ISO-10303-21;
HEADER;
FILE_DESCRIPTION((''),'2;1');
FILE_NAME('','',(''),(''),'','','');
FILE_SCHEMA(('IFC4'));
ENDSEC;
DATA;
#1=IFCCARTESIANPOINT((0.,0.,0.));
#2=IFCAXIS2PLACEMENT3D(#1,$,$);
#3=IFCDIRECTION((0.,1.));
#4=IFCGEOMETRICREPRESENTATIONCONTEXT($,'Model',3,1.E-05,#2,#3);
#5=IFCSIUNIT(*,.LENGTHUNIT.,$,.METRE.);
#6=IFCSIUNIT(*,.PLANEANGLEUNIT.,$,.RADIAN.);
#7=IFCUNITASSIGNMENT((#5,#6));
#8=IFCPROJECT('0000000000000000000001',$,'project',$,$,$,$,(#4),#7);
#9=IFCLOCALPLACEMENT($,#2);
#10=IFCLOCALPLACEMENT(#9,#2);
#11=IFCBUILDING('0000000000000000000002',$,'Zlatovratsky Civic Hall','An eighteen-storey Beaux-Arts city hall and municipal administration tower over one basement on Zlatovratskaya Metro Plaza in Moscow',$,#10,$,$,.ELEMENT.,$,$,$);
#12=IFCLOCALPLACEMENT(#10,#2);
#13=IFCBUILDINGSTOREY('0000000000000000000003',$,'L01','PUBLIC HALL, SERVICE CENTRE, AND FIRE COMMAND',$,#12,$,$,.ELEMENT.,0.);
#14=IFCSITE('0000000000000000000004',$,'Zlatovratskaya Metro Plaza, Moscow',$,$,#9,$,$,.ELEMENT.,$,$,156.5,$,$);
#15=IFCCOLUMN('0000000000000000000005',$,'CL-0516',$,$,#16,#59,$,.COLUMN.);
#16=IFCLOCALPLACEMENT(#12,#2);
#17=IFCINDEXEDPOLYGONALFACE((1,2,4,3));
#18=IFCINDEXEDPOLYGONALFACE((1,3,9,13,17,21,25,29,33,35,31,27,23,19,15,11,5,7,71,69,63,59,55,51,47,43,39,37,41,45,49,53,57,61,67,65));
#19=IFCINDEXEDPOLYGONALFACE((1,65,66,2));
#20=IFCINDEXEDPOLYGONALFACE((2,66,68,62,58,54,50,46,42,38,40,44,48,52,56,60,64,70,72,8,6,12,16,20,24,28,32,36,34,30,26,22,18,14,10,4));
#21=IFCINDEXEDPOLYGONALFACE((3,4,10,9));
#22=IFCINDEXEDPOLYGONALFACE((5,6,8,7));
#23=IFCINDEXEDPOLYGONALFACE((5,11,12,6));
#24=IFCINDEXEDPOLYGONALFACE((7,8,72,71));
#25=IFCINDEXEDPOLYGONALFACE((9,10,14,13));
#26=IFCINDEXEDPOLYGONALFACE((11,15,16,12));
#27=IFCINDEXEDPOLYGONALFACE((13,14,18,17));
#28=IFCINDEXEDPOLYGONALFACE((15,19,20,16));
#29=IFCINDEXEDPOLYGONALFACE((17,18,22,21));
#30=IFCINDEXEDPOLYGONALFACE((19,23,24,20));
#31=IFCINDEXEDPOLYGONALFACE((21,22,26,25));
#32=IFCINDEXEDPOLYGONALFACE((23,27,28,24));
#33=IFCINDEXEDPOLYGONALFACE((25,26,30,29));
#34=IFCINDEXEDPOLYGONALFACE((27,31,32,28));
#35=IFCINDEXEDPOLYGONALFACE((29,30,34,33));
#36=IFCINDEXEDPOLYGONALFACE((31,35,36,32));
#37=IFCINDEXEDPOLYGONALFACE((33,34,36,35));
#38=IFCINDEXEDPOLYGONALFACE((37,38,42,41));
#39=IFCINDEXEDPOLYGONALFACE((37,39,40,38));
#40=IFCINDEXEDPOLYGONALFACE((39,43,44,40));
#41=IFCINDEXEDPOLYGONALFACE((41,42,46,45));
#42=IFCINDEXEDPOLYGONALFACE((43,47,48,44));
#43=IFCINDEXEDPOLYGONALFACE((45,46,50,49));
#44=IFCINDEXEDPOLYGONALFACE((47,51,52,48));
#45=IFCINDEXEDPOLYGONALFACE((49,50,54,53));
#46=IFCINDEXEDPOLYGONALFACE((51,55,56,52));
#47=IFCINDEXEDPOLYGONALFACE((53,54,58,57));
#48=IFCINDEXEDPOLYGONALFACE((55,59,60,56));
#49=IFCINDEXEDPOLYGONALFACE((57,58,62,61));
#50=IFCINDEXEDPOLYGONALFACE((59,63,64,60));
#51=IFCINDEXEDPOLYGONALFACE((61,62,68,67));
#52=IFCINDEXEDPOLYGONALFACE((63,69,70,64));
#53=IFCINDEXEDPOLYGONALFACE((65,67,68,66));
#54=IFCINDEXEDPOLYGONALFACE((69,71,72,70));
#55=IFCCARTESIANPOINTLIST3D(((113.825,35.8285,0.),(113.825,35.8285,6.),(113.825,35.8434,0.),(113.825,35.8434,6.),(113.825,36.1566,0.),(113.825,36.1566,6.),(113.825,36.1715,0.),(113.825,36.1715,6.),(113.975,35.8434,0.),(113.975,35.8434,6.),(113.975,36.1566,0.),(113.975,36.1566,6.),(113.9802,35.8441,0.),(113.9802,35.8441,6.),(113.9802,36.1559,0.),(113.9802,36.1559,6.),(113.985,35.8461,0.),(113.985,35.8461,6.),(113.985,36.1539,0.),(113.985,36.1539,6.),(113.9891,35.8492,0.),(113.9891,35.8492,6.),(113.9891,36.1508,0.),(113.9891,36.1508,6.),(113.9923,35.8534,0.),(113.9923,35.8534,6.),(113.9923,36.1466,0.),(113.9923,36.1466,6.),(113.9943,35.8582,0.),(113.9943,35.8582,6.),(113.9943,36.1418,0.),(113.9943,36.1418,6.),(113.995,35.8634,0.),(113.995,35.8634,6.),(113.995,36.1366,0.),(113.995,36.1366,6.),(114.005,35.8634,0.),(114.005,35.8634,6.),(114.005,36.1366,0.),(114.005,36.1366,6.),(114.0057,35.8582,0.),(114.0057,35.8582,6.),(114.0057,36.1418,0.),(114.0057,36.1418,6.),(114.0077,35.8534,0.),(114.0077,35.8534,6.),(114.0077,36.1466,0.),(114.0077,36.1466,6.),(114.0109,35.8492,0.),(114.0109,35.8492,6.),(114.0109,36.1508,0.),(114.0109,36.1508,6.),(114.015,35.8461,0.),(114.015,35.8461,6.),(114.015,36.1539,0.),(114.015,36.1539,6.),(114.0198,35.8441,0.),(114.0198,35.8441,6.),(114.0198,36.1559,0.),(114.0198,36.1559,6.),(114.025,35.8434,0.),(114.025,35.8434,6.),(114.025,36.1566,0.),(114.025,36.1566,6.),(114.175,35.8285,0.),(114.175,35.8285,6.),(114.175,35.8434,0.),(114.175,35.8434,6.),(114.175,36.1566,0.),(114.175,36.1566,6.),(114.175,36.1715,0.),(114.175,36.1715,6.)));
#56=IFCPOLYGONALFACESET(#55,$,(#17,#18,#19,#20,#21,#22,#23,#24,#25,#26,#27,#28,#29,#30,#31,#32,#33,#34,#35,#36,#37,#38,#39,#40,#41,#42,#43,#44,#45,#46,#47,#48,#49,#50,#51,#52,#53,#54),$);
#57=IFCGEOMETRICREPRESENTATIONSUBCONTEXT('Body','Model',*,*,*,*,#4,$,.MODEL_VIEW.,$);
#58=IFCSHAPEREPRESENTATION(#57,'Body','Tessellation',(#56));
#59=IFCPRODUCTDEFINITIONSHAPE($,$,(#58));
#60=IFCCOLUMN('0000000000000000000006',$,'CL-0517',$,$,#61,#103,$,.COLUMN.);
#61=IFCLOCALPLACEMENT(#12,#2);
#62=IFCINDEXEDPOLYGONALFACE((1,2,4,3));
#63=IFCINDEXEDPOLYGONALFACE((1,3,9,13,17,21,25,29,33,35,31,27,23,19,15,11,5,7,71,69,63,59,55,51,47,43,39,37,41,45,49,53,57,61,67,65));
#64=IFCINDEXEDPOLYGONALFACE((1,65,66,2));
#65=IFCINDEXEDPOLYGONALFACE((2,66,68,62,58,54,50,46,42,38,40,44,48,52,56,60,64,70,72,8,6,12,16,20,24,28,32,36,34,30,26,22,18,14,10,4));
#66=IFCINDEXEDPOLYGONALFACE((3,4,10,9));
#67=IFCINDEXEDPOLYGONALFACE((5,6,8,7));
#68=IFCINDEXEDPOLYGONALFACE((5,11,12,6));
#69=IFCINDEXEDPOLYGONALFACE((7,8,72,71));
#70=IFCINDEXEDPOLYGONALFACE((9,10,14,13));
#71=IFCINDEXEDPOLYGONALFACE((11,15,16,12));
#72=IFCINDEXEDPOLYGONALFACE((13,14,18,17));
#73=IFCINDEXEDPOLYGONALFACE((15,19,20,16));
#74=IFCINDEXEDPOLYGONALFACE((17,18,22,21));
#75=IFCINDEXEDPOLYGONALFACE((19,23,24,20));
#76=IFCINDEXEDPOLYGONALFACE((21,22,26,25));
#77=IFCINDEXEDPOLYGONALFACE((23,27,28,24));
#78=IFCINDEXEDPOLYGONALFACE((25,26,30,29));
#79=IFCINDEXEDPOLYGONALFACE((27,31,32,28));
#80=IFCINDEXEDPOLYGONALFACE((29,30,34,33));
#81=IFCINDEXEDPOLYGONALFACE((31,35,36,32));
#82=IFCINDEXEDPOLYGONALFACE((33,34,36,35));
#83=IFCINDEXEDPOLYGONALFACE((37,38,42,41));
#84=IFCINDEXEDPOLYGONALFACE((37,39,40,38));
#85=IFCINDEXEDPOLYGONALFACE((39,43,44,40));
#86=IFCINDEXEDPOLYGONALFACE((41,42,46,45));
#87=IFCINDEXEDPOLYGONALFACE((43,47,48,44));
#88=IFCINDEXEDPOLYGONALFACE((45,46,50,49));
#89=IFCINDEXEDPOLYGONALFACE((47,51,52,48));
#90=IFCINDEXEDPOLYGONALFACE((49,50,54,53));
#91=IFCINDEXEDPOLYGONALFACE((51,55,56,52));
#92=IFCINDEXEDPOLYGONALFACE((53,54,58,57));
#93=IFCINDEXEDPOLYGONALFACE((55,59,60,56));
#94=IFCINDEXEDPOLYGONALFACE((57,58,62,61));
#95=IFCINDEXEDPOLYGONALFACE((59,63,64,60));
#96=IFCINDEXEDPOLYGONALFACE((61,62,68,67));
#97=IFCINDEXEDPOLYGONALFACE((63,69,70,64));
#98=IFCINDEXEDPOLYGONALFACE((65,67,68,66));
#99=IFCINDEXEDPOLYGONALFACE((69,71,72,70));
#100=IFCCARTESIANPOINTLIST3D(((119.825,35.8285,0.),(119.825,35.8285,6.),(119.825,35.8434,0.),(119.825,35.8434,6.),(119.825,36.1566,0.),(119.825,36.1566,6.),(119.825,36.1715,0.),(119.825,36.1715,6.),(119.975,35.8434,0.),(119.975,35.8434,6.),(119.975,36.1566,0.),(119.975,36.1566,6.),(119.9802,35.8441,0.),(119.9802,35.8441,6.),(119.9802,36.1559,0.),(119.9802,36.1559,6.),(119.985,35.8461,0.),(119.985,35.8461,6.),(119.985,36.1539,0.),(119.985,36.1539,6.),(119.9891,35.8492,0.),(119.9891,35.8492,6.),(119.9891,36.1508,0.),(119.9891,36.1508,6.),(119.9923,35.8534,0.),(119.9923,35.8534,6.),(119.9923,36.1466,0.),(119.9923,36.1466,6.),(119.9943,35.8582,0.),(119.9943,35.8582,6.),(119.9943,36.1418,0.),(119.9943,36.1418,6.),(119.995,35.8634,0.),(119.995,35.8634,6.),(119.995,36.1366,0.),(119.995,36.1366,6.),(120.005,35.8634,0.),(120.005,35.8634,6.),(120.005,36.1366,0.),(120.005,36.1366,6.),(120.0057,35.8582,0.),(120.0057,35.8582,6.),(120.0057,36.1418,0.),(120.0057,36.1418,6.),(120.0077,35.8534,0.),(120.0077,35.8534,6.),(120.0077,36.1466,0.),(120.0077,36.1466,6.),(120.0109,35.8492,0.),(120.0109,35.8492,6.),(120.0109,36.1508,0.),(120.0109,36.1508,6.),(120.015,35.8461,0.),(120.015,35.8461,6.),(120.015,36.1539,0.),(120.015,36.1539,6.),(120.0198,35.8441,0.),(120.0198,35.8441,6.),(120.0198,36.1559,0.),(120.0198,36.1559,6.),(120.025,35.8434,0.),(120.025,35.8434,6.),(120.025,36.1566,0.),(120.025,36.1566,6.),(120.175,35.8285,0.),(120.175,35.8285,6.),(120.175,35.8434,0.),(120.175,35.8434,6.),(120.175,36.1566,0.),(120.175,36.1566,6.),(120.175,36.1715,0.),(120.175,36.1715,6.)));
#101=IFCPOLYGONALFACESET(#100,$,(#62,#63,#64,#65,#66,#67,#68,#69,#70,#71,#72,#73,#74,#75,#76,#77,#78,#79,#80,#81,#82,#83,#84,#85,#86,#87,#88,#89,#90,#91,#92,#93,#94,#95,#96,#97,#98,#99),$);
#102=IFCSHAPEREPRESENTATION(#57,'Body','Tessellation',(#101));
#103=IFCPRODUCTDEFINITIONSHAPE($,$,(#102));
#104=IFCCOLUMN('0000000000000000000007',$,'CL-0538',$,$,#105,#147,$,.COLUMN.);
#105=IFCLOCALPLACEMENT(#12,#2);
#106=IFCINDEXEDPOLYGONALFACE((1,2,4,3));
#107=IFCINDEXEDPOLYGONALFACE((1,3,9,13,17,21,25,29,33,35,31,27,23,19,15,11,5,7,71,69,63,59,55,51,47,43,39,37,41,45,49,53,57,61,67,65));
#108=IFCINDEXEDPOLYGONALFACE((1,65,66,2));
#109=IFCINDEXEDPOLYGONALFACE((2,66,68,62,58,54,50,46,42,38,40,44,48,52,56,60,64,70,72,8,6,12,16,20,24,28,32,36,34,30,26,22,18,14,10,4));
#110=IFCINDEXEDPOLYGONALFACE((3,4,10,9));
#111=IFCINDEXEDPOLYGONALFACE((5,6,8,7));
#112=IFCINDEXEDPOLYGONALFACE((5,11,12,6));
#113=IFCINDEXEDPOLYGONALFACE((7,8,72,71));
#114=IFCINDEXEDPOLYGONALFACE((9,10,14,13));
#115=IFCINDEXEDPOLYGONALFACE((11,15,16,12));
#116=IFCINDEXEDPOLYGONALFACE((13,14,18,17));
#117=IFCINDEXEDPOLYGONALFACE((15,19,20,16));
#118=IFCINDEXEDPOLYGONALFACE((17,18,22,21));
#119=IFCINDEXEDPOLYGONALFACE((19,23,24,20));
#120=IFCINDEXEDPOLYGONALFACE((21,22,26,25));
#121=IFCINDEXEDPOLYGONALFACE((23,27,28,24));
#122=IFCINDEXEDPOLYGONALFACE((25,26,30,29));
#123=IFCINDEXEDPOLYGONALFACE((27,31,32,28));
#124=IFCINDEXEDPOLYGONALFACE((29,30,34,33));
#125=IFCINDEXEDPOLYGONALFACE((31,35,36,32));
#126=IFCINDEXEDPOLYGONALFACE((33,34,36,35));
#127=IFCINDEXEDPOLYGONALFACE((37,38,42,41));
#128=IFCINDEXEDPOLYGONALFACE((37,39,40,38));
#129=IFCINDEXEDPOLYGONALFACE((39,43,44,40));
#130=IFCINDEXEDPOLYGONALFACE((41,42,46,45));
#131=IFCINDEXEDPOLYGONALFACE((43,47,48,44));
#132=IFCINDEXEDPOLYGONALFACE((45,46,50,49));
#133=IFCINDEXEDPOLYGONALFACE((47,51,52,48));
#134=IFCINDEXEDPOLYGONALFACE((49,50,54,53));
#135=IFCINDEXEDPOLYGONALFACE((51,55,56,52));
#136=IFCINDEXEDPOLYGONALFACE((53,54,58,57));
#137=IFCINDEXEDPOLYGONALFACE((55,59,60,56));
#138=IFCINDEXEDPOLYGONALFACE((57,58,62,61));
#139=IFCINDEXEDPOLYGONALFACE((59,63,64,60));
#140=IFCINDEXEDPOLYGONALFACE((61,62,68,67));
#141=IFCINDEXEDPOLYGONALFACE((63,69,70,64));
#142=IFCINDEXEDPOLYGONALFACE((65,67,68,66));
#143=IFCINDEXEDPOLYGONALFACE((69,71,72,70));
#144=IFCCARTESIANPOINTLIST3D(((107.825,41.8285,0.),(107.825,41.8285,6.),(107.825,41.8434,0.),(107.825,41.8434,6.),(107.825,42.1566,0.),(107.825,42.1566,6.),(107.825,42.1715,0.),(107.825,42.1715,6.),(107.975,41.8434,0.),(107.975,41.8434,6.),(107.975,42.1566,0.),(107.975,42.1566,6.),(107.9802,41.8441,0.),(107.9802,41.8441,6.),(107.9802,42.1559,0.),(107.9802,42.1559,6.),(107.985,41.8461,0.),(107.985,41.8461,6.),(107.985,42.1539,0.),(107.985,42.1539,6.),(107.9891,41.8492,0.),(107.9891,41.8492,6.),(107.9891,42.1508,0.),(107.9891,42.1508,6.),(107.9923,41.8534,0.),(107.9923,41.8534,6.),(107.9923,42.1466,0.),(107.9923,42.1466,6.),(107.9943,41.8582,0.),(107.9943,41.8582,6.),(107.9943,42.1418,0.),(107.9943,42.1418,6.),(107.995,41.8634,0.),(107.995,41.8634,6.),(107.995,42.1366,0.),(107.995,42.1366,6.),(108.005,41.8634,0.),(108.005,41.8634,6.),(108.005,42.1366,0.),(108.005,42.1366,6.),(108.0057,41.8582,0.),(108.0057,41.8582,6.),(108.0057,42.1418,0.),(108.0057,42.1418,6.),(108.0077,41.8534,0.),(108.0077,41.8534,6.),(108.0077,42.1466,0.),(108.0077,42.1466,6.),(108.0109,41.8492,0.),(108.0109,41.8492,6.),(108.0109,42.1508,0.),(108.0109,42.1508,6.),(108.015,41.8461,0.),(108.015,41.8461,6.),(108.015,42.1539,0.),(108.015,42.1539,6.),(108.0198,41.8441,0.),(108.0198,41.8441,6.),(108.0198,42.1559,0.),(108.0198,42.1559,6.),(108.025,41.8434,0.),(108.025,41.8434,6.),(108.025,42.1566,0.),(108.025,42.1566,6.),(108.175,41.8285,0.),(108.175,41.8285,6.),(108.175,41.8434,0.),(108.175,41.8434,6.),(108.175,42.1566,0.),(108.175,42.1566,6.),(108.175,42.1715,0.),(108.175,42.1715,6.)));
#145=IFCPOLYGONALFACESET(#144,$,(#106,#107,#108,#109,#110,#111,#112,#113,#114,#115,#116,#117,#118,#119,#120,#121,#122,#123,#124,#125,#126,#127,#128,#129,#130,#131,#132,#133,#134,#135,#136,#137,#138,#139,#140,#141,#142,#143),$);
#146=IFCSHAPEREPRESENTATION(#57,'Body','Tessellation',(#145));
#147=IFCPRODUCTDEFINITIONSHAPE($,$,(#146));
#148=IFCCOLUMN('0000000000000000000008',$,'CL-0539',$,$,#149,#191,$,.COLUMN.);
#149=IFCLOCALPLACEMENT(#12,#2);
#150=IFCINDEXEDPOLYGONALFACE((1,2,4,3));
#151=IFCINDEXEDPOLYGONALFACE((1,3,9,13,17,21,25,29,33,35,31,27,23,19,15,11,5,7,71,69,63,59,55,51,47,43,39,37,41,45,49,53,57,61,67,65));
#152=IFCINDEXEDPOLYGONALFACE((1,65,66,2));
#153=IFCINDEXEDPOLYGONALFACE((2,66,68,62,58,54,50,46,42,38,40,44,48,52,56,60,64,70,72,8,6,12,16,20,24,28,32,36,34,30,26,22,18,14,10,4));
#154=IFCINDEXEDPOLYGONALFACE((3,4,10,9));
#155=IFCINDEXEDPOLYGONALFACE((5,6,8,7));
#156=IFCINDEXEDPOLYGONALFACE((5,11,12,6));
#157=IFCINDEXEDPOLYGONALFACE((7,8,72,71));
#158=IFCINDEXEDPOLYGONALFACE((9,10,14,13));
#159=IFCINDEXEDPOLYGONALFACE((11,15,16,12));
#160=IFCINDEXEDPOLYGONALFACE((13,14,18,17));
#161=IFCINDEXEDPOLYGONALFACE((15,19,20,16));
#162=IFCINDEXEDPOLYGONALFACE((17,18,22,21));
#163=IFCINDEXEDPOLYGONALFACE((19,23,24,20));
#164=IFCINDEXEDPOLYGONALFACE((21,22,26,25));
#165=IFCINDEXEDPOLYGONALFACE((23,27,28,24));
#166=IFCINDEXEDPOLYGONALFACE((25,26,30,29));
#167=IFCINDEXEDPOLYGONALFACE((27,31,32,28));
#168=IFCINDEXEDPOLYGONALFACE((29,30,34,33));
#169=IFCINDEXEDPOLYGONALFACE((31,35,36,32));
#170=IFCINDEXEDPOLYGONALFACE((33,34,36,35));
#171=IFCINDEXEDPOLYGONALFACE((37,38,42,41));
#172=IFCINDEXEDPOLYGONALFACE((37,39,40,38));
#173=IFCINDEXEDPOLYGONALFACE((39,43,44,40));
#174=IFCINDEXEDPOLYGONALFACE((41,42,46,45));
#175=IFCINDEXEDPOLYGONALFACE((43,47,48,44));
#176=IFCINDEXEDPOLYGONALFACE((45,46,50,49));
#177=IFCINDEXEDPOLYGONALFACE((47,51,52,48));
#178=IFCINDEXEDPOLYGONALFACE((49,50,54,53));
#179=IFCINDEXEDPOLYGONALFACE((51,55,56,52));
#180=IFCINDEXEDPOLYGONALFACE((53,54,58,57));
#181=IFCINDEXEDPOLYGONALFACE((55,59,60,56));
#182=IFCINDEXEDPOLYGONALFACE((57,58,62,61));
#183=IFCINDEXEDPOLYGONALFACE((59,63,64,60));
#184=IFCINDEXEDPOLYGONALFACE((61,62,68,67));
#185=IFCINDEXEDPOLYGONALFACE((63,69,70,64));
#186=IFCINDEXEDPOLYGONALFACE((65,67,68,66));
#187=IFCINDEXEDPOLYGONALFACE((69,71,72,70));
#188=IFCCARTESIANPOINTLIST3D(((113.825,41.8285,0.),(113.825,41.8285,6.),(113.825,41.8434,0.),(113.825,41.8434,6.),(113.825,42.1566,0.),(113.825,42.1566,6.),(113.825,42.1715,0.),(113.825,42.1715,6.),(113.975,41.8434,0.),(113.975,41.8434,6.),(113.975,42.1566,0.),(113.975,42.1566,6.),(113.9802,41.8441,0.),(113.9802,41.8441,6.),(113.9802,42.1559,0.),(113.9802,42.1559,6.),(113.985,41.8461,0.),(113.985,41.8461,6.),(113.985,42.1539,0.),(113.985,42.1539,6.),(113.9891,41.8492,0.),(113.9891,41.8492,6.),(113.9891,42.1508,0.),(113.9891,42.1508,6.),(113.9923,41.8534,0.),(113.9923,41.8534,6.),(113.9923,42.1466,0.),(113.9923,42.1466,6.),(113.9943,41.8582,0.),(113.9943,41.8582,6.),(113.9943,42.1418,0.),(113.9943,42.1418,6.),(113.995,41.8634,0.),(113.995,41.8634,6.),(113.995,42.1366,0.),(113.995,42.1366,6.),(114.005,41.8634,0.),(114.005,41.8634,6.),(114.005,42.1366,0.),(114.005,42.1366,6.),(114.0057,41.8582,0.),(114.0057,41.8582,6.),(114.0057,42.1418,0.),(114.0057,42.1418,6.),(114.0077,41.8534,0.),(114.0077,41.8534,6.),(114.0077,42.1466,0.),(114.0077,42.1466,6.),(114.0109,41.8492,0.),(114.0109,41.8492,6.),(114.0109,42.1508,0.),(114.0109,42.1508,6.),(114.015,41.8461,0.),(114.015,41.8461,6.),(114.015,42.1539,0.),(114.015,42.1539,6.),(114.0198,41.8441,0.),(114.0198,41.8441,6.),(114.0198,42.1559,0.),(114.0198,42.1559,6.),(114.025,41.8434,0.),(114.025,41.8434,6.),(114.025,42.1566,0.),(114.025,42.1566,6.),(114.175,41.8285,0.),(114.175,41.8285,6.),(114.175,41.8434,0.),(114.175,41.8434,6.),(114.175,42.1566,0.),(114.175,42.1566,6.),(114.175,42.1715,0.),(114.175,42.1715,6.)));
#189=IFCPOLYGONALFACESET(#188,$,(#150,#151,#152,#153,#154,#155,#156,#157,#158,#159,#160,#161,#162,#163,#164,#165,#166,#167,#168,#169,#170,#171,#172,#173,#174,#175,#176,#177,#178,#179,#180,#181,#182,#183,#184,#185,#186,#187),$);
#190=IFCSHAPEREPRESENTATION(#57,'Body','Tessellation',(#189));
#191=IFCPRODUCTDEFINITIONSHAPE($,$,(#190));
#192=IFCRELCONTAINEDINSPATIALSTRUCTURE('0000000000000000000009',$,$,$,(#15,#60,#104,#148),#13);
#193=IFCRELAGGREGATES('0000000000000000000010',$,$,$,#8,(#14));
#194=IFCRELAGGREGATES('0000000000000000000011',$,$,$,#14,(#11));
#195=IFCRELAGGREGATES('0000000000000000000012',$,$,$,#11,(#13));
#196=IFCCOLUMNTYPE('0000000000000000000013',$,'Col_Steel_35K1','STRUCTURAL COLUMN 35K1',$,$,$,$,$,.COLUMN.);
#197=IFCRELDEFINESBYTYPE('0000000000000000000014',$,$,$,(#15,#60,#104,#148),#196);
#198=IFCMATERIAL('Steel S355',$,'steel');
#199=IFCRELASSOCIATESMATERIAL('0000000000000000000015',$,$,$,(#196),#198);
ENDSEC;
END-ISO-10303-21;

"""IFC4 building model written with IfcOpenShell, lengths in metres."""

from ifc_helpers import new_model, si_unit, direction, frame, origin, origin_2d, place, context, subcontext, project, spatial, i_section, extrude, material, material_profile, profile_set, type_object, element, save


model = new_model("IFC4")

# Units and contexts
model_context = context("Model", 3, precision=1e-05, world=origin(), true_north=direction((0.0, 1.0)))
body_context = subcontext(model_context, "Body", "Model", "MODEL_VIEW")
ifc_project = project(units=[si_unit("LENGTHUNIT", "METRE"), si_unit("PLANEANGLEUNIT", "RADIAN")], contexts=[model_context])

# Site, building, storey
site_placement = place(None, origin())
site = spatial("IfcSite", under=ifc_project, at=site_placement, Name="Zlatovratskaya Metro Plaza, Moscow", CompositionType="ELEMENT", RefElevation=156.5)
building_placement = place(site_placement, origin())
building = spatial("IfcBuilding", under=site, at=building_placement, Name="Zlatovratsky Civic Hall", Description="An eighteen-storey Beaux-Arts city hall and municipal administration tower over one basement on Zlatovratskaya Metro Plaza in Moscow", CompositionType="ELEMENT")
storey_placement = place(building_placement, origin())
storey = spatial("IfcBuildingStorey", under=building, at=storey_placement, Name="L01", Description="PUBLIC HALL, SERVICE CENTRE, AND FIRE COMMAND", CompositionType="ELEMENT", Elevation=0.0)

# Columns
ifc_material_1 = material(Name="Steel S355", Category="steel")
ifc_material_profile_1 = material_profile(ifc_material_1, i_section(OverallWidth=0.3501, OverallDepth=0.343, WebThickness=0.01, FlangeThickness=0.0149, FilletRadius=0.02, at=origin_2d()), Name="35K1")
ifc_profile_set_1 = profile_set([ifc_material_profile_1], Name="Steel S355")
column_type = type_object("IfcColumnType", Name="Col_Steel_35K1", Description="STRUCTURAL COLUMN 35K1", PredefinedType="COLUMN", material=ifc_profile_set_1)
for number, where, z_axis, x_axis, name in (
    (1, (114.0, 36.0, 0.0), (0.0, 0.0, 1.0), (1.0, 0.0, 0.0), "CL-0516"),
    (2, (120.0, 36.0, 0.0), (0.0, 0.0, 1.0), (1.0, 0.0, 0.0), "CL-0517"),
    (3, (108.0, 42.0, 0.0), (0.0, 0.0, 1.0), (1.0, 0.0, 0.0), "CL-0538"),
    (4, (114.0, 42.0, 0.0), (0.0, 0.0, 1.0), (1.0, 0.0, 0.0), "CL-0539"),
):
    element("IfcColumn", number, at=place(storey_placement, frame(where, z_axis=z_axis, x_axis=x_axis)), inside=storey, type_object=column_type, Name=name, PredefinedType="COLUMN", context=body_context, shape_type="SweptSolid", body=[
        extrude(i_section(OverallWidth=0.3501, OverallDepth=0.343, WebThickness=0.01, FlangeThickness=0.0149, FilletRadius=0.02, at=origin_2d()), origin(), (0.0, 0.0, 1.0), 6.0),
    ])

save(model, "model.ifc")
